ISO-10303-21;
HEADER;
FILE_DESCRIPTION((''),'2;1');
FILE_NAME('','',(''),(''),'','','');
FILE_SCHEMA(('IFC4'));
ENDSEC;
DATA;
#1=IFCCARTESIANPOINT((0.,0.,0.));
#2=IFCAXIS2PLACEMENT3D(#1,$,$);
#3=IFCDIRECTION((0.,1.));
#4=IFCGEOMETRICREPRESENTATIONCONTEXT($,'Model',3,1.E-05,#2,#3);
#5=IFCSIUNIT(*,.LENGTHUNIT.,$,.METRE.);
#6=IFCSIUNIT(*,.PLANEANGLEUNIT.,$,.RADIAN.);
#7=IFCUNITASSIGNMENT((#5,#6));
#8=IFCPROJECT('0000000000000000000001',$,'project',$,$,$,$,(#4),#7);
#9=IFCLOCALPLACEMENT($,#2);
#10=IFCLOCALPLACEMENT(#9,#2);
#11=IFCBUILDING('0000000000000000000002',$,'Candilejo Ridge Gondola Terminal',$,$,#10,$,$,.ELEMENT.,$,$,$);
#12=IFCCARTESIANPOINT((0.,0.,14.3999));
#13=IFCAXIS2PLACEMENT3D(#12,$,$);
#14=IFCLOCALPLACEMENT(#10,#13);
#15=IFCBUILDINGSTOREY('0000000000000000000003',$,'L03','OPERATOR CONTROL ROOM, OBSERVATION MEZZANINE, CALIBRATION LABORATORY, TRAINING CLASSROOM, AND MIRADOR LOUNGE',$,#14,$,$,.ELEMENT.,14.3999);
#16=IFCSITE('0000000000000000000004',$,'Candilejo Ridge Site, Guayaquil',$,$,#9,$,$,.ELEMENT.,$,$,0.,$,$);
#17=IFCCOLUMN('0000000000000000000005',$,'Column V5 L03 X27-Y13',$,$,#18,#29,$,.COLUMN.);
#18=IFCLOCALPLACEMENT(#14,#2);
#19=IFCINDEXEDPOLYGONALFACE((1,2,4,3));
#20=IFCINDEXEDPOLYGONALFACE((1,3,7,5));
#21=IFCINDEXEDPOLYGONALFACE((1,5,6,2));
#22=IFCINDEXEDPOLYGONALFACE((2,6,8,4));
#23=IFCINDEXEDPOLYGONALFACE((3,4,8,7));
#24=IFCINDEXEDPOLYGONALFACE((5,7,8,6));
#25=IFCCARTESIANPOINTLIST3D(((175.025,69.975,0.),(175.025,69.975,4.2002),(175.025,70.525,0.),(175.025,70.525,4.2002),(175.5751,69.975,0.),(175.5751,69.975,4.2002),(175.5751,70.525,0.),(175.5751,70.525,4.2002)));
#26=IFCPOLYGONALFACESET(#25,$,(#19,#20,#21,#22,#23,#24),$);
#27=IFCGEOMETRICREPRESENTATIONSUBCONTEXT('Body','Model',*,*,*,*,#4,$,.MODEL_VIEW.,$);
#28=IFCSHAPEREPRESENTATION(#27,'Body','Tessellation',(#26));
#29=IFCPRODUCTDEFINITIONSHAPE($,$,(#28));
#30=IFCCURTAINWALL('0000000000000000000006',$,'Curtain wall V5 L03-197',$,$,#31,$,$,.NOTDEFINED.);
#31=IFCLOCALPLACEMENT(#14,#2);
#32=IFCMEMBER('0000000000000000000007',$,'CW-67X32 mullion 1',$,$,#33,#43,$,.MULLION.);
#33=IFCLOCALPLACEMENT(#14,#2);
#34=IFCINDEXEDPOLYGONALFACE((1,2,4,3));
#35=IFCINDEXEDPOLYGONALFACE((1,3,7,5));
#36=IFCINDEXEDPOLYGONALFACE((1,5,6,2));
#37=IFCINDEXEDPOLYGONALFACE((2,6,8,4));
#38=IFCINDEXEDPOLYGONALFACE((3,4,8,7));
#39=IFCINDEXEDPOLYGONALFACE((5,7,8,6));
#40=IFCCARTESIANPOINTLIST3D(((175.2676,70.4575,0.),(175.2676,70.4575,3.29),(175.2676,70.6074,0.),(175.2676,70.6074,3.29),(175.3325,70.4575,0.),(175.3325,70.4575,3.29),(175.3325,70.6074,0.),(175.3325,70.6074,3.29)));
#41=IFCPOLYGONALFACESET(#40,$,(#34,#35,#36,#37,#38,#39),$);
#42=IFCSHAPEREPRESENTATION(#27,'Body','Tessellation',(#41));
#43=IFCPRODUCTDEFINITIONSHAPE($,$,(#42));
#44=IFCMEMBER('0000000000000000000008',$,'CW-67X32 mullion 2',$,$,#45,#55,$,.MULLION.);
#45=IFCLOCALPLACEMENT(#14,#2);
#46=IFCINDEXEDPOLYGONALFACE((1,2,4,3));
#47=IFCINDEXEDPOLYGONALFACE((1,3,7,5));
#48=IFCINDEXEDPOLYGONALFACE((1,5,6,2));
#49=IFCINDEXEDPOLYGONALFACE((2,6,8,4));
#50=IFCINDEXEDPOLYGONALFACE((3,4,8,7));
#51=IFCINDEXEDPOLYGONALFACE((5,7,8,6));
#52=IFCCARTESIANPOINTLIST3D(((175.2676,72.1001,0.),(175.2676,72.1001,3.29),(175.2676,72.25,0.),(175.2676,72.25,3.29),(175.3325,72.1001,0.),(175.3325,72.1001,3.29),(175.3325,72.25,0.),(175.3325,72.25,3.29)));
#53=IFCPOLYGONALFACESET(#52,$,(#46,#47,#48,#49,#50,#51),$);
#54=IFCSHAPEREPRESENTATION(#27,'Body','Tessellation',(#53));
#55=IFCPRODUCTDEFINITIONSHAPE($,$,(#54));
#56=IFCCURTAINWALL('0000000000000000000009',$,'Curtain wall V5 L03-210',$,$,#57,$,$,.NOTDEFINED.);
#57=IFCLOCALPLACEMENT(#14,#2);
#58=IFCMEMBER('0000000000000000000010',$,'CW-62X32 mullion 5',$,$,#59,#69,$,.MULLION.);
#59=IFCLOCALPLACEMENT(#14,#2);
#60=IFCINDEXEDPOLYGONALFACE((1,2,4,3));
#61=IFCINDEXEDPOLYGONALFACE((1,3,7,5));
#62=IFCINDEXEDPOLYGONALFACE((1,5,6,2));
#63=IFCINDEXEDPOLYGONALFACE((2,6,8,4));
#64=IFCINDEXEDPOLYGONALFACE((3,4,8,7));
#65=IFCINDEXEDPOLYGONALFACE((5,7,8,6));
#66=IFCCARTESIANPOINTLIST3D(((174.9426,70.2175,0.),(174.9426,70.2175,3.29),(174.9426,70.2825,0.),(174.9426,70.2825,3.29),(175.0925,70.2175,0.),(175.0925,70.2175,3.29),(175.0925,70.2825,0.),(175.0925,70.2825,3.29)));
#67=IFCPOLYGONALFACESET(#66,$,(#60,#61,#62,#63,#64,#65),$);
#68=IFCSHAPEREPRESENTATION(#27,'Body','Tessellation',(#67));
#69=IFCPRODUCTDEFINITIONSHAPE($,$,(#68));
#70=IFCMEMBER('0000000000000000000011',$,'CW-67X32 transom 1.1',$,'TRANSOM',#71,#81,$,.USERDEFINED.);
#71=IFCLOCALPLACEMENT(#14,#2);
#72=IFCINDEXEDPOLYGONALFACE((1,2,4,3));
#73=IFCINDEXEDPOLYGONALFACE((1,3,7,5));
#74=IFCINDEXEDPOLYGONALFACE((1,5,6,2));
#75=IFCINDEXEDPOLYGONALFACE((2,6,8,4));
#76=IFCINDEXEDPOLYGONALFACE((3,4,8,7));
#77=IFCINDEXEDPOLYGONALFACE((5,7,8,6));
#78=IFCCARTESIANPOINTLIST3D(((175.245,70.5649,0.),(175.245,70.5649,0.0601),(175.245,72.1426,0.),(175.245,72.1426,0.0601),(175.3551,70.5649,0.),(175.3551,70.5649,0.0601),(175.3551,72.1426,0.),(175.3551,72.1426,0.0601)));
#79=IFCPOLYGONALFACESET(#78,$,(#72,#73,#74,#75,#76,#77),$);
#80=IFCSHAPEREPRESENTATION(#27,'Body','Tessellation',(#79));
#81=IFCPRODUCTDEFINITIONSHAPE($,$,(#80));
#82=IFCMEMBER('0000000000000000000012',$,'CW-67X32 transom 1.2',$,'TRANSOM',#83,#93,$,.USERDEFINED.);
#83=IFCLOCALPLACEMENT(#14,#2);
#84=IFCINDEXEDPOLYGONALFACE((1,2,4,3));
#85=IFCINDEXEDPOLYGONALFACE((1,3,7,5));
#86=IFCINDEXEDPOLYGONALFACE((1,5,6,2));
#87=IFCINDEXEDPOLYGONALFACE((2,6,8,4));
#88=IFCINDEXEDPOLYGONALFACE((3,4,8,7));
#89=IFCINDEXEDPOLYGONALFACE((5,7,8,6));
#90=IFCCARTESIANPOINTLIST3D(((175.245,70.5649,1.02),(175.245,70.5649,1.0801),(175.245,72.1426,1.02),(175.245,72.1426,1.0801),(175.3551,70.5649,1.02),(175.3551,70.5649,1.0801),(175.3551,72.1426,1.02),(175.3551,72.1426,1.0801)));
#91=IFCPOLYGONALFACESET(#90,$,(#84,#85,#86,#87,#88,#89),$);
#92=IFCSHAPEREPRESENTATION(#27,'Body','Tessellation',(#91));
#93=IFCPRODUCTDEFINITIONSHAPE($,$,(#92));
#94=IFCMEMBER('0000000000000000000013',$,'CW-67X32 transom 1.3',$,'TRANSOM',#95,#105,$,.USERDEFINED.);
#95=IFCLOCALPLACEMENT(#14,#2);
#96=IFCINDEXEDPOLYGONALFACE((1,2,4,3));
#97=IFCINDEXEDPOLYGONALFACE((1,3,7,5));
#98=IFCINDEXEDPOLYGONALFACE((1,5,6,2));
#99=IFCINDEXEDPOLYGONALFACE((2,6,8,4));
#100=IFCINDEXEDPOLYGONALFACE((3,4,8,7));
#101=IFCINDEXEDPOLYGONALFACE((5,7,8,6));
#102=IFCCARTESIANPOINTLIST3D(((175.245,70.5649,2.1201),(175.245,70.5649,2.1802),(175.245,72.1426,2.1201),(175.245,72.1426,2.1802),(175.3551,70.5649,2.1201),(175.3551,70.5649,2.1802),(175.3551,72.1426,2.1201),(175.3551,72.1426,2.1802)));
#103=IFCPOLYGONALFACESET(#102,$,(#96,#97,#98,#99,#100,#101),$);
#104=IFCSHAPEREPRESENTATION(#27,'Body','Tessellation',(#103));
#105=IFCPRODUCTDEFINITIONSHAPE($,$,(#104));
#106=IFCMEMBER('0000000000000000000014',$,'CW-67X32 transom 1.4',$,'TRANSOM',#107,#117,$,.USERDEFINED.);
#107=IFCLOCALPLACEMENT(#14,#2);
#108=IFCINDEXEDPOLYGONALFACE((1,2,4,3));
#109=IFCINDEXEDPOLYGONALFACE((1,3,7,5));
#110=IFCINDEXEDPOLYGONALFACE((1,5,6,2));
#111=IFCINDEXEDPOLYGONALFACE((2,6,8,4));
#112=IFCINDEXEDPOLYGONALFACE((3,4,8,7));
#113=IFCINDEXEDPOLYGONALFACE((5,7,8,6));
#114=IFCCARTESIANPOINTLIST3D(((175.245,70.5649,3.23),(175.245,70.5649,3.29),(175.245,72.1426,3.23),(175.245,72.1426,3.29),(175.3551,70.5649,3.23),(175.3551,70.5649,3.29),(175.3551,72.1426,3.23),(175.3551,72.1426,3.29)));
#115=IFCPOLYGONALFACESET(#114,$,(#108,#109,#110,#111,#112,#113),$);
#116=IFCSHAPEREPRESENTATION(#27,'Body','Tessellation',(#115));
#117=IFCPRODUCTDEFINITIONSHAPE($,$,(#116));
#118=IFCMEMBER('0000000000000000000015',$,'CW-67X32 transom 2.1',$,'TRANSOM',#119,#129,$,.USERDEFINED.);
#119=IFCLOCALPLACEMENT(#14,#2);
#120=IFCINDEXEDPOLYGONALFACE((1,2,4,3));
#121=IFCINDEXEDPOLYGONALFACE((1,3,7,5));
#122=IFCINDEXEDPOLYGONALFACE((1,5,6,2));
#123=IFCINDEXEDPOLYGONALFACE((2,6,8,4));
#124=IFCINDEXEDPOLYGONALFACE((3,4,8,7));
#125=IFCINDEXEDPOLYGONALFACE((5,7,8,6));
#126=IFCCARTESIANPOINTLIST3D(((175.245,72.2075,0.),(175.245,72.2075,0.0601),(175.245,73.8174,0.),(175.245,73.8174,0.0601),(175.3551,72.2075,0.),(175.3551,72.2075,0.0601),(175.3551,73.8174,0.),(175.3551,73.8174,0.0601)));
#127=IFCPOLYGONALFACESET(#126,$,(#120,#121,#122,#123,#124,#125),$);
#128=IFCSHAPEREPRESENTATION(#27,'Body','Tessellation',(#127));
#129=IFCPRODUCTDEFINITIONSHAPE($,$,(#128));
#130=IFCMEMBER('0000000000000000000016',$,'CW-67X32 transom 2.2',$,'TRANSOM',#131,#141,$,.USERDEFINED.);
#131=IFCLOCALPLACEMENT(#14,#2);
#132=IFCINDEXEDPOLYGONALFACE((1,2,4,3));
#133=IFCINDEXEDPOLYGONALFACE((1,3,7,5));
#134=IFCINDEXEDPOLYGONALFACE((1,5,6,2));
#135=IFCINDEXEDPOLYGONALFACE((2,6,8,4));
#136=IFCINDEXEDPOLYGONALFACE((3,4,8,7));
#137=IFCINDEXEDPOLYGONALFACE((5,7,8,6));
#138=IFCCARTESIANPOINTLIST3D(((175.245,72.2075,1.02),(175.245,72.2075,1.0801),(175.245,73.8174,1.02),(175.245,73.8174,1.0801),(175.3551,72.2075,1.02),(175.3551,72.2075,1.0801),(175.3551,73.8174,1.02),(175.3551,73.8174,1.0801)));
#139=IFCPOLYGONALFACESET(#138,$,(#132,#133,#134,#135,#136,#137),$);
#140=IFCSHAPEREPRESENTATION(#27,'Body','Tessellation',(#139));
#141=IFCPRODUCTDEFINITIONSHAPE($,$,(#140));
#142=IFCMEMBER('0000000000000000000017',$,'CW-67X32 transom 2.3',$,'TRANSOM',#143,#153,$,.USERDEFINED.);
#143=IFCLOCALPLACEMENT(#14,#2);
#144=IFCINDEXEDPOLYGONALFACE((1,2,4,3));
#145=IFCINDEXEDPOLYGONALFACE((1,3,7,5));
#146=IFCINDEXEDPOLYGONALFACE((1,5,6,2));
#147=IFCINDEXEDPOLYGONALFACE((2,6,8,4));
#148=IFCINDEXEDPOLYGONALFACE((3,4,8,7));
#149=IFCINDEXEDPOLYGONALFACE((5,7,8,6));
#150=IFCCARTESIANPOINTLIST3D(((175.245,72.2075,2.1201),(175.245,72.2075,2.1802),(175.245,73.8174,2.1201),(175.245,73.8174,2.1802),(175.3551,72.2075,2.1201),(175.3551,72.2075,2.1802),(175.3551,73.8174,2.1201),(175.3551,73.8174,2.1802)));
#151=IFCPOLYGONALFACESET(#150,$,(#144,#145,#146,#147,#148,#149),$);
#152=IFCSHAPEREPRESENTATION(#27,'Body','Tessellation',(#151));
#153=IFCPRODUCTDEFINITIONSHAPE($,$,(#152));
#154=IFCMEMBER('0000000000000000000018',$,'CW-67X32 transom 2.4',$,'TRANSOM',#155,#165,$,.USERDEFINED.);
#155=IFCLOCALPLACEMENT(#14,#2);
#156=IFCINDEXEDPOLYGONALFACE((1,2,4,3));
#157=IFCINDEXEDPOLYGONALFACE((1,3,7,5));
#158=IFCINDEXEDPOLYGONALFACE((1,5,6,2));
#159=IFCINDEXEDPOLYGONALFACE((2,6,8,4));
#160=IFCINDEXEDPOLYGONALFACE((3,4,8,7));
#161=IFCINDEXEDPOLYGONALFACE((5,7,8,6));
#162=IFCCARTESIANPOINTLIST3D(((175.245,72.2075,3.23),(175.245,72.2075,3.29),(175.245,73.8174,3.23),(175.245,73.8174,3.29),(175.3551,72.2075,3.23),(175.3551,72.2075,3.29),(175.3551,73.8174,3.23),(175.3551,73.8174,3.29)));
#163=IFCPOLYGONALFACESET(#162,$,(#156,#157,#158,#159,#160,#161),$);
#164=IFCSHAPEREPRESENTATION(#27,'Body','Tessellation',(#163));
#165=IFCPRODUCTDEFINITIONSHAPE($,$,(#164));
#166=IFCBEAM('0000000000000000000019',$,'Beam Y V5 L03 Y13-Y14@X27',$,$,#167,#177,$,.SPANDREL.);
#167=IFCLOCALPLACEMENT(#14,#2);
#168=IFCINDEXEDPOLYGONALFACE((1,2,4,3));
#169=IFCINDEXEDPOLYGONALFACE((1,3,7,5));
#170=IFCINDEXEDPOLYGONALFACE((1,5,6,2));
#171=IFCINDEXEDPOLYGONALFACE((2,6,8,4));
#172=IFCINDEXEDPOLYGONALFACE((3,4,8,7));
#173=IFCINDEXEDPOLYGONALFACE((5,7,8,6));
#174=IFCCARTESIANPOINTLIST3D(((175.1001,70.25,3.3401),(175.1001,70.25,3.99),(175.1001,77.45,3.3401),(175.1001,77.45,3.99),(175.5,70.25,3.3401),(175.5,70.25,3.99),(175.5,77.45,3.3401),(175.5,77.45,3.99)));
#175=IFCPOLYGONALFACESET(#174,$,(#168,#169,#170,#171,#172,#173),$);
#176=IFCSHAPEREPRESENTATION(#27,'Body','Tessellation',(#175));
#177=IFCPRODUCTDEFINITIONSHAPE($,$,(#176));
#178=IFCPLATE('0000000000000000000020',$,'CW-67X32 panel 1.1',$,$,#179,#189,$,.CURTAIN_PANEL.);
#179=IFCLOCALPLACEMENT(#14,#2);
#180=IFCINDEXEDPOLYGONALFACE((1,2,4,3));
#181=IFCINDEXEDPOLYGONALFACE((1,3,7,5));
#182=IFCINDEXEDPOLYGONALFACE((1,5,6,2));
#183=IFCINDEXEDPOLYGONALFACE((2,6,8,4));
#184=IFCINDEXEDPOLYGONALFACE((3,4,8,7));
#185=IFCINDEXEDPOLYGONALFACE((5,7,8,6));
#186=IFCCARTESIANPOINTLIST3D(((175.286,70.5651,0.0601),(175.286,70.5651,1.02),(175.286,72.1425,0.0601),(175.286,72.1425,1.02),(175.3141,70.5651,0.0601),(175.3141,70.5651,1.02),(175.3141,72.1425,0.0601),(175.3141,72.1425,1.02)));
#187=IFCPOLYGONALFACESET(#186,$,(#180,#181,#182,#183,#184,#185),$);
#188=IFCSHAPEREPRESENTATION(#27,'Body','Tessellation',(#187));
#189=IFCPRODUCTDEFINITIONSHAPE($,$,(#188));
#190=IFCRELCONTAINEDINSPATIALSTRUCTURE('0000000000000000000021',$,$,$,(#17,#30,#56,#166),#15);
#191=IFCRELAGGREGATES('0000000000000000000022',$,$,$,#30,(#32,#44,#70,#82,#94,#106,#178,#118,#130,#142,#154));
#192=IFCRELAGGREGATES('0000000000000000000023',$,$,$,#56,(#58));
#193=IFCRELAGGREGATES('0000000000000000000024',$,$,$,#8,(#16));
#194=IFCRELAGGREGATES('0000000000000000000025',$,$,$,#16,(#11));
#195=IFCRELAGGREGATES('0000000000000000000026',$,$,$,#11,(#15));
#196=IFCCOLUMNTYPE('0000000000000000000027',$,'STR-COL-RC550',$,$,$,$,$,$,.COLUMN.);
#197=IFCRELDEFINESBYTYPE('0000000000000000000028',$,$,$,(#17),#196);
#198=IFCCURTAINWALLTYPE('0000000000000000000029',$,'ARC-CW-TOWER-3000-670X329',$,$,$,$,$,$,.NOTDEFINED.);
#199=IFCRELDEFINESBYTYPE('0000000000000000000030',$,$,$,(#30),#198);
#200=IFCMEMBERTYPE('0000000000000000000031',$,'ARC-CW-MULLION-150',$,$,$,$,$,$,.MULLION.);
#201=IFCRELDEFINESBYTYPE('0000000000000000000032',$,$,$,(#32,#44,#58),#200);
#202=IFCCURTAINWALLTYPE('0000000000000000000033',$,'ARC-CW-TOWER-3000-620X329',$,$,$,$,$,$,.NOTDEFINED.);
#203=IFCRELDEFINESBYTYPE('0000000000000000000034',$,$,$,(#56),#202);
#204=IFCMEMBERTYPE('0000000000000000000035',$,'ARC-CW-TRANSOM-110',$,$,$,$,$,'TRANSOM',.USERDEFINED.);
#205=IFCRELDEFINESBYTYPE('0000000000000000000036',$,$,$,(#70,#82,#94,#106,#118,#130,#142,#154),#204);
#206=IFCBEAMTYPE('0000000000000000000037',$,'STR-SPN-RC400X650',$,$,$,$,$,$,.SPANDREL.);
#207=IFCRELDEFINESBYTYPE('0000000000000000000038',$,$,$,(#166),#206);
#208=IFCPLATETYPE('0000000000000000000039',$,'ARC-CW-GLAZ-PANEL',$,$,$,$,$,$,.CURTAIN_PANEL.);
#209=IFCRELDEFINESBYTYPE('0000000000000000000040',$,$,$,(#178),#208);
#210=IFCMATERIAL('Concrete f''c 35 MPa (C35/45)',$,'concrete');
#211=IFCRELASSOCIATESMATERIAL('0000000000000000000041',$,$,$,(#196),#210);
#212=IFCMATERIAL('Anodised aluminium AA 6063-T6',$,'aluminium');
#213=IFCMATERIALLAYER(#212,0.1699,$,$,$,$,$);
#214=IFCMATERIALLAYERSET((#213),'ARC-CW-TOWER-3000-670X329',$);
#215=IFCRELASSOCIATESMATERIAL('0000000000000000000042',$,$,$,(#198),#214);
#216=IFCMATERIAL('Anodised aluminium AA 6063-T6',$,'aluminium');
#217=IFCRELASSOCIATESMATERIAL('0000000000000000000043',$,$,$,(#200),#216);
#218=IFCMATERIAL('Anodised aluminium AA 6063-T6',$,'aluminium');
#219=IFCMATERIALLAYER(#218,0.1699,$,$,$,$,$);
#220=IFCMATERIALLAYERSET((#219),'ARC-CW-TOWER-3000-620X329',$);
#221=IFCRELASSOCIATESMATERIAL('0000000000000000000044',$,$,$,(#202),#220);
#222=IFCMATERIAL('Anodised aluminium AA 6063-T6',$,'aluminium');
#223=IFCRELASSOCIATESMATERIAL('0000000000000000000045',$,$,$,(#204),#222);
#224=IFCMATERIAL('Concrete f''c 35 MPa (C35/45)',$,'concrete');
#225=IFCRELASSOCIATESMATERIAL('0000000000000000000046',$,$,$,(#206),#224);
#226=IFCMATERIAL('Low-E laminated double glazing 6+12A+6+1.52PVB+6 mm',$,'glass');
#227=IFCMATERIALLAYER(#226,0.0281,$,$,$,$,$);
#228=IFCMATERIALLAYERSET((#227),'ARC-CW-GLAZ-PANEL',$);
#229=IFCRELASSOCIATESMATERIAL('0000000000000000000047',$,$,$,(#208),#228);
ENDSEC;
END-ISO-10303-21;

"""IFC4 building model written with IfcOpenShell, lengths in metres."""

from ifc_helpers import new_model, si_unit, direction, frame, origin, origin_2d, place, context, subcontext, project, spatial, rectangle, extrude, material, layer, layer_set, material_profile, profile_set, type_object, element, aggregate, save


model = new_model("IFC4")

# Units and contexts
model_context = context("Model", 3, precision=1e-05, world=origin(), true_north=direction((0.0, 1.0)))
body_context = subcontext(model_context, "Body", "Model", "MODEL_VIEW")
ifc_project = project(units=[si_unit("LENGTHUNIT", "METRE"), si_unit("PLANEANGLEUNIT", "RADIAN")], contexts=[model_context])

# Site, building, storey
site_placement = place(None, origin())
site = spatial("IfcSite", under=ifc_project, at=site_placement, Name="Candilejo Ridge Site, Guayaquil", CompositionType="ELEMENT", RefElevation=0.0)
building_placement = place(site_placement, origin())
building = spatial("IfcBuilding", under=site, at=building_placement, Name="Candilejo Ridge Gondola Terminal", CompositionType="ELEMENT")
storey_placement = place(building_placement, frame((0.0, 0.0, 14.3999)))
storey = spatial("IfcBuildingStorey", under=building, at=storey_placement, Name="L03", Description="OPERATOR CONTROL ROOM, OBSERVATION MEZZANINE, CALIBRATION LABORATORY, TRAINING CLASSROOM, AND MIRADOR LOUNGE", CompositionType="ELEMENT", Elevation=14.3999)

# Column
ifc_material_1 = material(Name="Concrete f'c 35 MPa (C35/45)", Category="concrete")
ifc_material_profile_1 = material_profile(ifc_material_1, rectangle(XDim=0.55, YDim=0.55, at=origin_2d()))
ifc_profile_set_1 = profile_set([ifc_material_profile_1], Name="Concrete f'c 35 MPa (C35/45)")
column_type = type_object("IfcColumnType", Name="STR-COL-RC550", PredefinedType="COLUMN", material=ifc_profile_set_1)
column_placement = place(storey_placement, frame((175.3, 70.25, 0.0), z_axis=(0.0, 0.0, 1.0), x_axis=(1.0, 0.0, 0.0)))
element("IfcColumn", 1, at=column_placement, inside=storey, type_object=column_type, Name="Column V5 L03 X27-Y13", PredefinedType="COLUMN", context=body_context, shape_type="SweptSolid", body=[
    extrude(rectangle(XDim=0.55, YDim=0.55, at=origin_2d()), origin(), (0.0, 0.0, 1.0), 4.2002),
])

# Curtain wall, members
ifc_material_2 = material(Name="Anodised aluminium AA 6063-T6", Category="aluminium")
ifc_layer_1 = layer(ifc_material_2, 0.1699)
ifc_layer_set_1 = layer_set([ifc_layer_1], Name="ARC-CW-TOWER-3000-670X329")
curtain_wall_type_1 = type_object("IfcCurtainWallType", Name="ARC-CW-TOWER-3000-670X329", PredefinedType="NOTDEFINED", material=ifc_layer_set_1)
curtain_wall_1_placement = place(storey_placement, origin())
curtain_wall_1 = element("IfcCurtainWall", 2, at=curtain_wall_1_placement, inside=storey, type_object=curtain_wall_type_1, Name="Curtain wall V5 L03-197", PredefinedType="NOTDEFINED")
ifc_material_3 = material(Name="Anodised aluminium AA 6063-T6", Category="aluminium")
ifc_material_profile_2 = material_profile(ifc_material_3, rectangle(XDim=0.0649, YDim=0.1499, at=origin_2d()))
ifc_profile_set_2 = profile_set([ifc_material_profile_2], Name="Anodised aluminium AA 6063-T6")
member_type_1 = type_object("IfcMemberType", Name="ARC-CW-MULLION-150", PredefinedType="MULLION", material=ifc_profile_set_2)
member_1_placement = place(storey_placement, frame((175.3, 70.5325, 0.0), z_axis=(0.0, 0.0, 1.0), x_axis=(-1.0, 0.0, 0.0)))
member_1 = element("IfcMember", 3, at=member_1_placement, type_object=member_type_1, Name="CW-67X32 mullion 1", PredefinedType="MULLION", context=body_context, shape_type="SweptSolid", body=[
    extrude(rectangle(XDim=0.0649, YDim=0.1499, at=origin_2d()), origin(), (0.0, 0.0, 1.0), 3.29),
])
member_2_placement = place(storey_placement, frame((175.3, 72.175, 0.0), z_axis=(0.0, 0.0, 1.0), x_axis=(-1.0, 0.0, 0.0)))
member_2 = element("IfcMember", 4, at=member_2_placement, type_object=member_type_1, Name="CW-67X32 mullion 2", PredefinedType="MULLION", context=body_context, shape_type="SweptSolid", body=[
    extrude(rectangle(XDim=0.0649, YDim=0.1499, at=origin_2d()), origin(), (0.0, 0.0, 1.0), 3.29),
])

# Curtain wall, member
ifc_material_4 = material(Name="Anodised aluminium AA 6063-T6", Category="aluminium")
ifc_layer_2 = layer(ifc_material_4, 0.1699)
ifc_layer_set_2 = layer_set([ifc_layer_2], Name="ARC-CW-TOWER-3000-620X329")
curtain_wall_type_2 = type_object("IfcCurtainWallType", Name="ARC-CW-TOWER-3000-620X329", PredefinedType="NOTDEFINED", material=ifc_layer_set_2)
curtain_wall_2_placement = place(storey_placement, origin())
curtain_wall_2 = element("IfcCurtainWall", 5, at=curtain_wall_2_placement, inside=storey, type_object=curtain_wall_type_2, Name="Curtain wall V5 L03-210", PredefinedType="NOTDEFINED")
member_3_placement = place(storey_placement, frame((175.0176, 70.25, 0.0), z_axis=(0.0, 0.0, 1.0), x_axis=(0.0, 1.0, 0.0)))
member_3 = element("IfcMember", 6, at=member_3_placement, type_object=member_type_1, Name="CW-62X32 mullion 5", PredefinedType="MULLION", context=body_context, shape_type="SweptSolid", body=[
    extrude(rectangle(XDim=0.0649, YDim=0.1499, at=origin_2d()), origin(), (0.0, 0.0, 1.0), 3.29),
])

# Members
ifc_material_5 = material(Name="Anodised aluminium AA 6063-T6", Category="aluminium")
ifc_material_profile_3 = material_profile(ifc_material_5, rectangle(XDim=0.1101, YDim=0.0601, at=origin_2d()))
ifc_profile_set_3 = profile_set([ifc_material_profile_3], Name="Anodised aluminium AA 6063-T6")
member_type_2 = type_object("IfcMemberType", Name="ARC-CW-TRANSOM-110", ElementType="TRANSOM", PredefinedType="USERDEFINED", material=ifc_profile_set_3)
member_4_placement = place(storey_placement, frame((175.3, 70.5649, 0.03), z_axis=(0.0, 1.0, 0.0), x_axis=(-1.0, 0.0, 0.0)))
member_4 = element("IfcMember", 7, at=member_4_placement, type_object=member_type_2, Name="CW-67X32 transom 1.1", ObjectType="TRANSOM", PredefinedType="USERDEFINED", context=body_context, shape_type="SweptSolid", body=[
    extrude(rectangle(XDim=0.1101, YDim=0.0601, at=origin_2d()), origin(), (0.0, 0.0, 1.0), 1.5776),
])
member_5_placement = place(storey_placement, frame((175.3, 70.5649, 1.05), z_axis=(0.0, 1.0, 0.0), x_axis=(-1.0, 0.0, 0.0)))
member_5 = element("IfcMember", 8, at=member_5_placement, type_object=member_type_2, Name="CW-67X32 transom 1.2", ObjectType="TRANSOM", PredefinedType="USERDEFINED", context=body_context, shape_type="SweptSolid", body=[
    extrude(rectangle(XDim=0.1101, YDim=0.0601, at=origin_2d()), origin(), (0.0, 0.0, 1.0), 1.5776),
])
member_6_placement = place(storey_placement, frame((175.3, 70.5649, 2.1501), z_axis=(0.0, 1.0, 0.0), x_axis=(-1.0, 0.0, 0.0)))
member_6 = element("IfcMember", 9, at=member_6_placement, type_object=member_type_2, Name="CW-67X32 transom 1.3", ObjectType="TRANSOM", PredefinedType="USERDEFINED", context=body_context, shape_type="SweptSolid", body=[
    extrude(rectangle(XDim=0.1101, YDim=0.0601, at=origin_2d()), origin(), (0.0, 0.0, 1.0), 1.5776),
])
member_7_placement = place(storey_placement, frame((175.3, 70.5649, 3.26), z_axis=(0.0, 1.0, 0.0), x_axis=(-1.0, 0.0, 0.0)))
member_7 = element("IfcMember", 10, at=member_7_placement, type_object=member_type_2, Name="CW-67X32 transom 1.4", ObjectType="TRANSOM", PredefinedType="USERDEFINED", context=body_context, shape_type="SweptSolid", body=[
    extrude(rectangle(XDim=0.1101, YDim=0.0601, at=origin_2d()), origin(), (0.0, 0.0, 1.0), 1.5776),
])
member_8_placement = place(storey_placement, frame((175.3, 72.2075, 0.03), z_axis=(0.0, 1.0, 0.0), x_axis=(-1.0, 0.0, 0.0)))
member_8 = element("IfcMember", 11, at=member_8_placement, type_object=member_type_2, Name="CW-67X32 transom 2.1", ObjectType="TRANSOM", PredefinedType="USERDEFINED", context=body_context, shape_type="SweptSolid", body=[
    extrude(rectangle(XDim=0.1101, YDim=0.0601, at=origin_2d()), origin(), (0.0, 0.0, 1.0), 1.6099),
])
member_9_placement = place(storey_placement, frame((175.3, 72.2075, 1.05), z_axis=(0.0, 1.0, 0.0), x_axis=(-1.0, 0.0, 0.0)))
member_9 = element("IfcMember", 12, at=member_9_placement, type_object=member_type_2, Name="CW-67X32 transom 2.2", ObjectType="TRANSOM", PredefinedType="USERDEFINED", context=body_context, shape_type="SweptSolid", body=[
    extrude(rectangle(XDim=0.1101, YDim=0.0601, at=origin_2d()), origin(), (0.0, 0.0, 1.0), 1.6099),
])
member_10_placement = place(storey_placement, frame((175.3, 72.2075, 2.1501), z_axis=(0.0, 1.0, 0.0), x_axis=(-1.0, 0.0, 0.0)))
member_10 = element("IfcMember", 13, at=member_10_placement, type_object=member_type_2, Name="CW-67X32 transom 2.3", ObjectType="TRANSOM", PredefinedType="USERDEFINED", context=body_context, shape_type="SweptSolid", body=[
    extrude(rectangle(XDim=0.1101, YDim=0.0601, at=origin_2d()), origin(), (0.0, 0.0, 1.0), 1.6099),
])
member_11_placement = place(storey_placement, frame((175.3, 72.2075, 3.26), z_axis=(0.0, 1.0, 0.0), x_axis=(-1.0, 0.0, 0.0)))
member_11 = element("IfcMember", 14, at=member_11_placement, type_object=member_type_2, Name="CW-67X32 transom 2.4", ObjectType="TRANSOM", PredefinedType="USERDEFINED", context=body_context, shape_type="SweptSolid", body=[
    extrude(rectangle(XDim=0.1101, YDim=0.0601, at=origin_2d()), origin(), (0.0, 0.0, 1.0), 1.6099),
])

# Beam
ifc_material_6 = material(Name="Concrete f'c 35 MPa (C35/45)", Category="concrete")
ifc_material_profile_4 = material_profile(ifc_material_6, rectangle(XDim=0.3999, YDim=0.6499, at=origin_2d()))
ifc_profile_set_4 = profile_set([ifc_material_profile_4], Name="Concrete f'c 35 MPa (C35/45)")
beam_type = type_object("IfcBeamType", Name="STR-SPN-RC400X650", PredefinedType="SPANDREL", material=ifc_profile_set_4)
beam_placement = place(storey_placement, frame((175.3, 70.25, 3.665), z_axis=(0.0, 1.0, 0.0), x_axis=(-1.0, 0.0, 0.0)))
element("IfcBeam", 15, at=beam_placement, inside=storey, type_object=beam_type, Name="Beam Y V5 L03 Y13-Y14@X27", PredefinedType="SPANDREL", context=body_context, shape_type="SweptSolid", body=[
    extrude(rectangle(XDim=0.3999, YDim=0.6499, at=origin_2d()), origin(), (0.0, 0.0, 1.0), 7.2),
])

# Plate
ifc_material_7 = material(Name="Low-E laminated double glazing 6+12A+6+1.52PVB+6 mm", Category="glass")
ifc_layer_3 = layer(ifc_material_7, 0.0281)
ifc_layer_set_3 = layer_set([ifc_layer_3], Name="ARC-CW-GLAZ-PANEL")
plate_type = type_object("IfcPlateType", Name="ARC-CW-GLAZ-PANEL", PredefinedType="CURTAIN_PANEL", material=ifc_layer_set_3)
plate_1_placement = place(storey_placement, frame((175.3, 71.3538, 0.0601), z_axis=(0.0, 0.0, 1.0), x_axis=(0.0, 1.0, 0.0)))
plate_1 = element("IfcPlate", 16, at=plate_1_placement, type_object=plate_type, Name="CW-67X32 panel 1.1", PredefinedType="CURTAIN_PANEL", context=body_context, shape_type="SweptSolid", body=[
    extrude(rectangle(XDim=1.5774, YDim=0.0281, at=origin_2d()), origin(), (0.0, 0.0, 1.0), 0.96),
])
aggregate(curtain_wall_1, [member_1, member_2, member_4, member_5, member_6, member_7, plate_1, member_8, member_9, member_10, member_11])
aggregate(curtain_wall_2, [member_3])

save(model, "model.ifc")
